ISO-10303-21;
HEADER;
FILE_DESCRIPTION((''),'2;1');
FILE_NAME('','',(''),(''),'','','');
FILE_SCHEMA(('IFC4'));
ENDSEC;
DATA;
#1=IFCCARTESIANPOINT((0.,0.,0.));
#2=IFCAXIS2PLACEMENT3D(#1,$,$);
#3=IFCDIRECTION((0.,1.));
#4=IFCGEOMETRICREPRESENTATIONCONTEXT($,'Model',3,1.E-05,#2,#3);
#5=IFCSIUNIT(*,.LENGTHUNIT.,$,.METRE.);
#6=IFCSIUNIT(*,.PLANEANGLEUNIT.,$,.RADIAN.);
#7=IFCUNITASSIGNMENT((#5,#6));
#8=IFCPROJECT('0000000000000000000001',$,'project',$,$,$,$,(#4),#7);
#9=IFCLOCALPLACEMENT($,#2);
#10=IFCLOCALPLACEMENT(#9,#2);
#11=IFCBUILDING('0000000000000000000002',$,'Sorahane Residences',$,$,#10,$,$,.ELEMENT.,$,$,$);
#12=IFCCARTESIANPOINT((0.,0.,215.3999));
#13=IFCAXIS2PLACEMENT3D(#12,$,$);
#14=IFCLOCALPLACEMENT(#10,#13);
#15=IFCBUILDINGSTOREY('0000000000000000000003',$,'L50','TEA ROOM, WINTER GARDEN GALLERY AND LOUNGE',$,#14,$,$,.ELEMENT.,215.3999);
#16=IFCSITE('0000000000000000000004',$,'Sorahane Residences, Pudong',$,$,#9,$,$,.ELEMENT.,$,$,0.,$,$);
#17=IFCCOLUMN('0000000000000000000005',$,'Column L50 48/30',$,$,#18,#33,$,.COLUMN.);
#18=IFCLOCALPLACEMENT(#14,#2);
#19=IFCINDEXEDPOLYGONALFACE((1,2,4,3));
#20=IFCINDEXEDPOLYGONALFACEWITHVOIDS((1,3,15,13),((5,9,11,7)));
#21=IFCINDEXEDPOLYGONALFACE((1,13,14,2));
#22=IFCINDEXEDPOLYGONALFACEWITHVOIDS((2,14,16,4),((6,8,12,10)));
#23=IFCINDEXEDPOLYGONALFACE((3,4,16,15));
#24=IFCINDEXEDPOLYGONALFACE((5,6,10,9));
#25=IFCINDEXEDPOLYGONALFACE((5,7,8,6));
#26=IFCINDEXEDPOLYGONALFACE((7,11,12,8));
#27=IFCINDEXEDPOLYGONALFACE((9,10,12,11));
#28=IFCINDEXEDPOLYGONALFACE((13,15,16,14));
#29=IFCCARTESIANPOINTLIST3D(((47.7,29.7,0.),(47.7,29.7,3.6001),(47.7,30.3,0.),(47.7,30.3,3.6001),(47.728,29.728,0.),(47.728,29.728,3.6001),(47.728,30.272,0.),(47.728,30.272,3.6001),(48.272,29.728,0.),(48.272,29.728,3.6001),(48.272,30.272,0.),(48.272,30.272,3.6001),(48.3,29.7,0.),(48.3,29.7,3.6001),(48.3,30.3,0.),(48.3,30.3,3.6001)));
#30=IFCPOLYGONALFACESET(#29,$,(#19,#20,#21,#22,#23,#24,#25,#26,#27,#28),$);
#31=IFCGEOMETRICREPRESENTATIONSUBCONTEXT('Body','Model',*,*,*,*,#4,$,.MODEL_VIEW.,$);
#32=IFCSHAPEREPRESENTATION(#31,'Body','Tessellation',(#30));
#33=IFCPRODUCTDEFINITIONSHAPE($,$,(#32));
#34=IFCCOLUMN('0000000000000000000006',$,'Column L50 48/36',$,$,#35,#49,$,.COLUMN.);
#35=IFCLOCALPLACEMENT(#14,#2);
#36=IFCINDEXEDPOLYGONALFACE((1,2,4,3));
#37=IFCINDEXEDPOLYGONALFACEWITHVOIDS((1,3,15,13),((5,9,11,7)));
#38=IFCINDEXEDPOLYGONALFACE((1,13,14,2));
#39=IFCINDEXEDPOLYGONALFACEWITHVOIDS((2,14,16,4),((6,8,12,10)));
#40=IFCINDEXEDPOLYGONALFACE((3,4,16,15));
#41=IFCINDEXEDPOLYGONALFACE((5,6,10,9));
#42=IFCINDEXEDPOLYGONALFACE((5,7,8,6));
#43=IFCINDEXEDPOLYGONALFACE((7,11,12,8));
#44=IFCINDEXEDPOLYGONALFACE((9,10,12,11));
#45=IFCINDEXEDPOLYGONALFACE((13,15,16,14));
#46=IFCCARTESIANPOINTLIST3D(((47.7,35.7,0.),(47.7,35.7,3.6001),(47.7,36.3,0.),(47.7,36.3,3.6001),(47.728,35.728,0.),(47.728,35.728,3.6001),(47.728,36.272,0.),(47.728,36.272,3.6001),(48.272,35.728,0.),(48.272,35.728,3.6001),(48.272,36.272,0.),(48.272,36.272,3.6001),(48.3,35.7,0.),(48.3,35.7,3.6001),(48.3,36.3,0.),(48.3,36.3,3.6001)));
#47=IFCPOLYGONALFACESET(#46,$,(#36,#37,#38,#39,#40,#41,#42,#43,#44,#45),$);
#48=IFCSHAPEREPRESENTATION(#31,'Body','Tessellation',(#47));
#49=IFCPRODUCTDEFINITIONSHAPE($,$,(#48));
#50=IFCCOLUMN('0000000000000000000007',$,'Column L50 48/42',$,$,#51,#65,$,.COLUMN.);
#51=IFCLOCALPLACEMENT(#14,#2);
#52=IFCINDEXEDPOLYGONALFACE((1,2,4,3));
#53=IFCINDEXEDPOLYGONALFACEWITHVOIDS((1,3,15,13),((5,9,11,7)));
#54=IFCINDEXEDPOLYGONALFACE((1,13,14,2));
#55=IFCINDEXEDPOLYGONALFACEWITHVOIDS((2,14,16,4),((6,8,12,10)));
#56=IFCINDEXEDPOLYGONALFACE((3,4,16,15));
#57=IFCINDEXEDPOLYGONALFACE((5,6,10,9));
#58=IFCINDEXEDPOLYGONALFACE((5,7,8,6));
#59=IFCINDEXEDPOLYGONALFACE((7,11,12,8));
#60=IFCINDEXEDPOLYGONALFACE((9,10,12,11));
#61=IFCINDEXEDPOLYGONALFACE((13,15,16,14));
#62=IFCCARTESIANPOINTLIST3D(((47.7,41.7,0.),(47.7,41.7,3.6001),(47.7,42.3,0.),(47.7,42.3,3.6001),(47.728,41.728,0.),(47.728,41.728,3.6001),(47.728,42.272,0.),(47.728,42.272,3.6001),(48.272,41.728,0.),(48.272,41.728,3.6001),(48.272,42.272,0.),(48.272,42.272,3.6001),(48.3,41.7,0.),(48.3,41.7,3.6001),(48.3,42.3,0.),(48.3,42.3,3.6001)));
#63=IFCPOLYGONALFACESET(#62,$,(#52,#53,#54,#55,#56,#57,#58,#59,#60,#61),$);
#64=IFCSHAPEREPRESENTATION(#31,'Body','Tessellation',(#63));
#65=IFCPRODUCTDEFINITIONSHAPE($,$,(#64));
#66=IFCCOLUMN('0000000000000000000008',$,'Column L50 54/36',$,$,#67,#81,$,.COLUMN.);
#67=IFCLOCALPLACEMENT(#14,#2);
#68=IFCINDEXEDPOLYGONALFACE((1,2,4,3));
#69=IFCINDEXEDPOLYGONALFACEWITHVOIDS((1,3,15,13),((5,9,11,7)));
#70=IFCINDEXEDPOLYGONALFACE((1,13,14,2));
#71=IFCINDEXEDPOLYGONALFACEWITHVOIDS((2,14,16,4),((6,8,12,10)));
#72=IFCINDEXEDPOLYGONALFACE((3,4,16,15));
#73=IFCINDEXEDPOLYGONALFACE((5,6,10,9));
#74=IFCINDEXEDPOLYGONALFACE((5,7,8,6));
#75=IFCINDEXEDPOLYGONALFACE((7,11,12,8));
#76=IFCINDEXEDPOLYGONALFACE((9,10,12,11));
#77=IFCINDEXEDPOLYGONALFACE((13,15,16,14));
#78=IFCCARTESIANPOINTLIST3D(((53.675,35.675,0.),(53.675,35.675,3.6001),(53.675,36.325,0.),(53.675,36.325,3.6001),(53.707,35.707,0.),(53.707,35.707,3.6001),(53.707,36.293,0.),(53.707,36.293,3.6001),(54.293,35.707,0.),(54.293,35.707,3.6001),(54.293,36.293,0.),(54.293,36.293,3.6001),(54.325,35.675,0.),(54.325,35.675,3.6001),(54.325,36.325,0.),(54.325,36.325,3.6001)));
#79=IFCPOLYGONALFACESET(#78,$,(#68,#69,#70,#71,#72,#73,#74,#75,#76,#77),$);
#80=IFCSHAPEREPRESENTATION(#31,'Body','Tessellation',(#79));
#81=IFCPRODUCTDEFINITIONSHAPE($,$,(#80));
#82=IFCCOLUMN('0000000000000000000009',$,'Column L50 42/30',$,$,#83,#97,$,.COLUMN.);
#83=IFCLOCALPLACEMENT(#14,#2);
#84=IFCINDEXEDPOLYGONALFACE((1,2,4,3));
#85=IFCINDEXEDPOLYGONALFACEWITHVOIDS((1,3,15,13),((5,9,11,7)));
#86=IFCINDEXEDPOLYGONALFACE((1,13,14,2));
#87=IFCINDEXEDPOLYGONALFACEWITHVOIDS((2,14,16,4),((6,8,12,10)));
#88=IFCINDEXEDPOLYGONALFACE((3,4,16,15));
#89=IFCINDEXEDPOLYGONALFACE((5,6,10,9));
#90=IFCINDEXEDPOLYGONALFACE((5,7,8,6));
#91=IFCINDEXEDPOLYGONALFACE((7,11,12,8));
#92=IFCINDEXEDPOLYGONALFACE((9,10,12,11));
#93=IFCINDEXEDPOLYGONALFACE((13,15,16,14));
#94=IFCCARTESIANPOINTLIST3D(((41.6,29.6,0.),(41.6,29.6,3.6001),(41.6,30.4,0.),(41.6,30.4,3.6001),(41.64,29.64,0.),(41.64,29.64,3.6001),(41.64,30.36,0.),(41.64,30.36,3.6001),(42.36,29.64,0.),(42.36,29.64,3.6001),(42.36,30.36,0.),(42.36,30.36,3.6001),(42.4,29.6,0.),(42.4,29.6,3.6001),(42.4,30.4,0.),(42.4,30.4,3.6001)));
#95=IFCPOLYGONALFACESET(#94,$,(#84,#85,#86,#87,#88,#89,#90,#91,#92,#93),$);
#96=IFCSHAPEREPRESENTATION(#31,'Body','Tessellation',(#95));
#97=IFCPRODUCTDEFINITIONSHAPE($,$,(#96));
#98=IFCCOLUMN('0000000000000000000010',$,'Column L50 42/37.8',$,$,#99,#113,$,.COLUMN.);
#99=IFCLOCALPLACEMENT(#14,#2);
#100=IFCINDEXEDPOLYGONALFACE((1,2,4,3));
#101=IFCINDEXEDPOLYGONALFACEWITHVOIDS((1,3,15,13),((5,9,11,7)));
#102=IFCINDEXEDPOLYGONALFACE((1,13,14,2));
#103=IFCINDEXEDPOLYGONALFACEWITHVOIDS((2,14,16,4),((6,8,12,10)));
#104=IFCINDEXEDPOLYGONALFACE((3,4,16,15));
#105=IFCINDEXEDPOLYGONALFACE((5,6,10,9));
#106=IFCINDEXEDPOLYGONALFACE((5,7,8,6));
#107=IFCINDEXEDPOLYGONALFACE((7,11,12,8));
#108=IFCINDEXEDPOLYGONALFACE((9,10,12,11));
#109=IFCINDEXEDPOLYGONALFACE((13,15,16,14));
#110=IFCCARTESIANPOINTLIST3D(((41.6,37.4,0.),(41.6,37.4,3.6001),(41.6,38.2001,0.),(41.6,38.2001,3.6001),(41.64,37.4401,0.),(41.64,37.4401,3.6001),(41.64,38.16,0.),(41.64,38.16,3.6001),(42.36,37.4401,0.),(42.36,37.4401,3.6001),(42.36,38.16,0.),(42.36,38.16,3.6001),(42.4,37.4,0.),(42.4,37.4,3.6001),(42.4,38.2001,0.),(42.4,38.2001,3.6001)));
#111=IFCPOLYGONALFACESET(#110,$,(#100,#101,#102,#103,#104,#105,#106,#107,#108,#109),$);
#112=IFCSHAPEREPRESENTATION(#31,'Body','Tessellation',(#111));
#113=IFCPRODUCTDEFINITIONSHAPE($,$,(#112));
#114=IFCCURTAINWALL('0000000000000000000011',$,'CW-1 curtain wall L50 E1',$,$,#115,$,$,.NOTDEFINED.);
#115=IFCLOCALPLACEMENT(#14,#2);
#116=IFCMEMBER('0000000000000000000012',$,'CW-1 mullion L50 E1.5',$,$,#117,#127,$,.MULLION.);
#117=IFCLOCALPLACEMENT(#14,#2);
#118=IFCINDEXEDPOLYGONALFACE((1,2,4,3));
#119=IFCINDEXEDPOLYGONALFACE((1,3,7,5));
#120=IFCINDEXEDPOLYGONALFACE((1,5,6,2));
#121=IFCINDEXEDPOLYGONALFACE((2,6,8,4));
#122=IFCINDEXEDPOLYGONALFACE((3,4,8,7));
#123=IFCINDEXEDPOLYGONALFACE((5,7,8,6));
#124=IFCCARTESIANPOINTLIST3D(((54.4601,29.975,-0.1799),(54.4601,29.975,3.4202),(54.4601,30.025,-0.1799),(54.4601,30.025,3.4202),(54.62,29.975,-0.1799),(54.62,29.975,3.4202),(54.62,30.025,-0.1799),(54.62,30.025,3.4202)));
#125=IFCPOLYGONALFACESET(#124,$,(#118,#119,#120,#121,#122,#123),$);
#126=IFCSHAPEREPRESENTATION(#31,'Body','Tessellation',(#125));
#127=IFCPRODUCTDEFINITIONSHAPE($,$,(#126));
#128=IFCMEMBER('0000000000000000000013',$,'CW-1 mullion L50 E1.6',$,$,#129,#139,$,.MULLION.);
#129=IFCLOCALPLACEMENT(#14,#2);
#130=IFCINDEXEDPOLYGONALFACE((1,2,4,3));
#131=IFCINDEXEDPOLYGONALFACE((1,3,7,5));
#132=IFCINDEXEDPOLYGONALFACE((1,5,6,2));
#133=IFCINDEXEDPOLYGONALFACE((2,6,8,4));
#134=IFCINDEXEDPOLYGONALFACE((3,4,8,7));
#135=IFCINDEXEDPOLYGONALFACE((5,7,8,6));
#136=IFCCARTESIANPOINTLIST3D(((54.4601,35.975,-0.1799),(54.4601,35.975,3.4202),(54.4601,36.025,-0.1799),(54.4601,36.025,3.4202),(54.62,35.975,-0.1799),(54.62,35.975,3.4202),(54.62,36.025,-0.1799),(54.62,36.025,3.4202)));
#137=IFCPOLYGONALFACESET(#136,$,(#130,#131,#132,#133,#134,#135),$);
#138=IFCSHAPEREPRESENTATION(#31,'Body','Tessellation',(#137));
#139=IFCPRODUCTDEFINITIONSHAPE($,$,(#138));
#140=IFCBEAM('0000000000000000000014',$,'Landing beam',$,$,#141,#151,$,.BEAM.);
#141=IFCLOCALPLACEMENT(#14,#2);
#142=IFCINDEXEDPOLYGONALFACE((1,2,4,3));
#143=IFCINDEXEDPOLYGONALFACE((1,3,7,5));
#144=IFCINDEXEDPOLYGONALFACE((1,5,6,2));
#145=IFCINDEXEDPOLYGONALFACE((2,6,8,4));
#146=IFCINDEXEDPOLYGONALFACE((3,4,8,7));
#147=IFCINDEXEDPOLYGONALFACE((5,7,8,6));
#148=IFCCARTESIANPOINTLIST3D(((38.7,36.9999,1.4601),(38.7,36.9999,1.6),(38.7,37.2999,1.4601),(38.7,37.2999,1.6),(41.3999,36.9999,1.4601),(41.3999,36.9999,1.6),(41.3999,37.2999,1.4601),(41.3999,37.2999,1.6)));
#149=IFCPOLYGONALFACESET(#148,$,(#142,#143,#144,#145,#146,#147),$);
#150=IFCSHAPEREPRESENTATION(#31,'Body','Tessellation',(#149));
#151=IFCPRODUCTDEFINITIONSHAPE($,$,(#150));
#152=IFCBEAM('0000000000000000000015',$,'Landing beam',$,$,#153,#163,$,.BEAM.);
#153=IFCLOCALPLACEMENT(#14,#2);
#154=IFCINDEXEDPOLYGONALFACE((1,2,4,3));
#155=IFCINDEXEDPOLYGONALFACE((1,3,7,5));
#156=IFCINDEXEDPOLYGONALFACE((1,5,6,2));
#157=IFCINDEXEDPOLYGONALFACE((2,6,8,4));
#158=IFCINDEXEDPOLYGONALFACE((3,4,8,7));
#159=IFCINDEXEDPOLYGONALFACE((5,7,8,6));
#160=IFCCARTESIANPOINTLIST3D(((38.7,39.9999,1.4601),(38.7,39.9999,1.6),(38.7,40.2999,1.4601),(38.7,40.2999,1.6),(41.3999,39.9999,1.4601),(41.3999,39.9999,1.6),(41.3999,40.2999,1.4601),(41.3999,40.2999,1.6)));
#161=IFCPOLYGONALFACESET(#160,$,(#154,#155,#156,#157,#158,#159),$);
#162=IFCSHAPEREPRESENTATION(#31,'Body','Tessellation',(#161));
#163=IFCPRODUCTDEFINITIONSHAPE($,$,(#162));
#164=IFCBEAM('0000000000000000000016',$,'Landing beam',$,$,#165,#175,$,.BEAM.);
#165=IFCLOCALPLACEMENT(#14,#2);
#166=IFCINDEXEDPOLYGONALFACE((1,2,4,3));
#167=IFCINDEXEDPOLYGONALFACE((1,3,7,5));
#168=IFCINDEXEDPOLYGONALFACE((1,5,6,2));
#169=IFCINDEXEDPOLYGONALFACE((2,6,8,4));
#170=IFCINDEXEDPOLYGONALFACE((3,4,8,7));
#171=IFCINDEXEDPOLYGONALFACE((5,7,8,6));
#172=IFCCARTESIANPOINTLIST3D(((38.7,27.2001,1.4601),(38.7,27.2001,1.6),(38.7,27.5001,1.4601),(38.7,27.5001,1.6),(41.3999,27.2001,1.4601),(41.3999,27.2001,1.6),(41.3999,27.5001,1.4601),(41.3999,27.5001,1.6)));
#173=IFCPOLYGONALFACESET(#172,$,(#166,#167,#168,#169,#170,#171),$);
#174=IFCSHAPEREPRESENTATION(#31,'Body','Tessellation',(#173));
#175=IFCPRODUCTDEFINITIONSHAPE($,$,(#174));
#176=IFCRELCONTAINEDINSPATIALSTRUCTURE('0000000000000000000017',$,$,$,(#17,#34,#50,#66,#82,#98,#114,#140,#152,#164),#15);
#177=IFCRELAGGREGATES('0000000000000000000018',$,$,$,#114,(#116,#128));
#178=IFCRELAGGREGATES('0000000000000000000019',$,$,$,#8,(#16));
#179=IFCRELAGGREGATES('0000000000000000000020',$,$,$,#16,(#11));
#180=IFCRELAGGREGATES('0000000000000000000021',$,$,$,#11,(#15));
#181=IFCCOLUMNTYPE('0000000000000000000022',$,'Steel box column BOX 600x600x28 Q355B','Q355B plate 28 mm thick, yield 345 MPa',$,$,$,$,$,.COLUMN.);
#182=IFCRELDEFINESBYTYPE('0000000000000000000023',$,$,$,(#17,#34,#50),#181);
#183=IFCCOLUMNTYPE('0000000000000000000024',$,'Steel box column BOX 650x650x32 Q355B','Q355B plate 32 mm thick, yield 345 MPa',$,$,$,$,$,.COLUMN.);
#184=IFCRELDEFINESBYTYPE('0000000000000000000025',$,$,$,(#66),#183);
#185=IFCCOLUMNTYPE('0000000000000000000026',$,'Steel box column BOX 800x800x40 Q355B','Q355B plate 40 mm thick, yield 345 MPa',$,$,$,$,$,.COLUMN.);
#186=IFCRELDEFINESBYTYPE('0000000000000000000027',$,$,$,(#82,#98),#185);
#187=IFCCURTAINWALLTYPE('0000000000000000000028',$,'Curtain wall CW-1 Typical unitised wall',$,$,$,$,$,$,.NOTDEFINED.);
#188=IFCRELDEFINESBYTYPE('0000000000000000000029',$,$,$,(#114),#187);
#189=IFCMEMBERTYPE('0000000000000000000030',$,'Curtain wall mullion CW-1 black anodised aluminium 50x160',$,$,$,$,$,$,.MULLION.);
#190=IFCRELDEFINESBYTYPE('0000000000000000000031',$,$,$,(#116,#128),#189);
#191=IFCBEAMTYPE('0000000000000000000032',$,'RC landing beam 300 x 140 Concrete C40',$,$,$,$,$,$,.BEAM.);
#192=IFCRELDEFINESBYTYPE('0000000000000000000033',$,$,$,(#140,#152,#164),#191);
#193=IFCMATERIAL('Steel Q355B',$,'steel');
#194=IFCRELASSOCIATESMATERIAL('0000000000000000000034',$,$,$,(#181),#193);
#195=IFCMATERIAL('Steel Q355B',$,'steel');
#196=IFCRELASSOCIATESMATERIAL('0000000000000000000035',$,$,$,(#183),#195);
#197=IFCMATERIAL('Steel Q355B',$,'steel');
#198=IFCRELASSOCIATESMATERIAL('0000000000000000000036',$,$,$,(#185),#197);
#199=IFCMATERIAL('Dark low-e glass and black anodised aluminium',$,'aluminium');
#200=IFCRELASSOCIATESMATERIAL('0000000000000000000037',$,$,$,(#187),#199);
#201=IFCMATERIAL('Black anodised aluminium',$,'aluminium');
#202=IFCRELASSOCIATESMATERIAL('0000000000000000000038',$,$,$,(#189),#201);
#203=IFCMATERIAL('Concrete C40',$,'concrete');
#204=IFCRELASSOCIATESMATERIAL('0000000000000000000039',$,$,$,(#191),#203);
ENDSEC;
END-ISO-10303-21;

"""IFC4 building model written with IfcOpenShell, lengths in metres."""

from ifc_helpers import new_model, si_unit, direction, frame, origin, origin_2d, place, context, subcontext, project, spatial, rectangle, hollow_rectangle, extrude, material, material_profile, profile_set, type_object, element, aggregate, save


model = new_model("IFC4")

# Units and contexts
model_context = context("Model", 3, precision=1e-05, world=origin(), true_north=direction((0.0, 1.0)))
body_context = subcontext(model_context, "Body", "Model", "MODEL_VIEW")
ifc_project = project(units=[si_unit("LENGTHUNIT", "METRE"), si_unit("PLANEANGLEUNIT", "RADIAN")], contexts=[model_context])

# Site, building, storey
site_placement = place(None, origin())
site = spatial("IfcSite", under=ifc_project, at=site_placement, Name="Sorahane Residences, Pudong", CompositionType="ELEMENT", RefElevation=0.0)
building_placement = place(site_placement, origin())
building = spatial("IfcBuilding", under=site, at=building_placement, Name="Sorahane Residences", CompositionType="ELEMENT")
storey_placement = place(building_placement, frame((0.0, 0.0, 215.3999)))
storey = spatial("IfcBuildingStorey", under=building, at=storey_placement, Name="L50", Description="TEA ROOM, WINTER GARDEN GALLERY AND LOUNGE", CompositionType="ELEMENT", Elevation=215.3999)

# Columns
ifc_material_1 = material(Name="Steel Q355B", Category="steel")
ifc_material_profile_1 = material_profile(ifc_material_1, hollow_rectangle(XDim=0.6001, YDim=0.6001, WallThickness=0.0281, at=origin_2d()), Name="BOX 600x600x28")
ifc_profile_set_1 = profile_set([ifc_material_profile_1], Name="Steel Q355B")
column_type_1 = type_object("IfcColumnType", Name="Steel box column BOX 600x600x28 Q355B", Description="Q355B plate 28 mm thick, yield 345 MPa", PredefinedType="COLUMN", material=ifc_profile_set_1)
for number, where, z_axis, x_axis, name in (
    (1, (48.0, 30.0, 0.0), (0.0, 0.0, 1.0), (1.0, 0.0, 0.0), "Column L50 48/30"),
    (2, (48.0, 36.0, 0.0), (0.0, 0.0, 1.0), (1.0, 0.0, 0.0), "Column L50 48/36"),
    (3, (48.0, 42.0, 0.0), (0.0, 0.0, 1.0), (1.0, 0.0, 0.0), "Column L50 48/42"),
):
    element("IfcColumn", number, at=place(storey_placement, frame(where, z_axis=z_axis, x_axis=x_axis)), inside=storey, type_object=column_type_1, Name=name, PredefinedType="COLUMN", context=body_context, shape_type="SweptSolid", body=[
        extrude(hollow_rectangle(XDim=0.6001, YDim=0.6001, WallThickness=0.0281, at=origin_2d()), origin(), (0.0, 0.0, 1.0), 3.6001),
    ])
ifc_material_2 = material(Name="Steel Q355B", Category="steel")
ifc_material_profile_2 = material_profile(ifc_material_2, hollow_rectangle(XDim=0.6499, YDim=0.6499, WallThickness=0.032, at=origin_2d()), Name="BOX 650x650x32")
ifc_profile_set_2 = profile_set([ifc_material_profile_2], Name="Steel Q355B")
column_type_2 = type_object("IfcColumnType", Name="Steel box column BOX 650x650x32 Q355B", Description="Q355B plate 32 mm thick, yield 345 MPa", PredefinedType="COLUMN", material=ifc_profile_set_2)
column_placement = place(storey_placement, frame((54.0, 36.0, 0.0), z_axis=(0.0, 0.0, 1.0), x_axis=(1.0, 0.0, 0.0)))
element("IfcColumn", 4, at=column_placement, inside=storey, type_object=column_type_2, Name="Column L50 54/36", PredefinedType="COLUMN", context=body_context, shape_type="SweptSolid", body=[
    extrude(hollow_rectangle(XDim=0.6499, YDim=0.6499, WallThickness=0.032, at=origin_2d()), origin(), (0.0, 0.0, 1.0), 3.6001),
])
ifc_material_3 = material(Name="Steel Q355B", Category="steel")
ifc_material_profile_3 = material_profile(ifc_material_3, hollow_rectangle(XDim=0.8, YDim=0.8, WallThickness=0.04, at=origin_2d()), Name="BOX 800x800x40")
ifc_profile_set_3 = profile_set([ifc_material_profile_3], Name="Steel Q355B")
column_type_3 = type_object("IfcColumnType", Name="Steel box column BOX 800x800x40 Q355B", Description="Q355B plate 40 mm thick, yield 345 MPa", PredefinedType="COLUMN", material=ifc_profile_set_3)
for number, where, z_axis, x_axis, name in (
    (5, (42.0, 30.0, 0.0), (0.0, 0.0, 1.0), (1.0, 0.0, 0.0), "Column L50 42/30"),
    (6, (42.0, 37.8, 0.0), (0.0, 0.0, 1.0), (1.0, 0.0, 0.0), "Column L50 42/37.8"),
):
    element("IfcColumn", number, at=place(storey_placement, frame(where, z_axis=z_axis, x_axis=x_axis)), inside=storey, type_object=column_type_3, Name=name, PredefinedType="COLUMN", context=body_context, shape_type="SweptSolid", body=[
        extrude(hollow_rectangle(XDim=0.8, YDim=0.8, WallThickness=0.04, at=origin_2d()), origin(), (0.0, 0.0, 1.0), 3.6001),
    ])

# Curtain wall, members
ifc_material_4 = material(Name="Dark low-e glass and black anodised aluminium", Category="aluminium")
curtain_wall_type = type_object("IfcCurtainWallType", Name="Curtain wall CW-1 Typical unitised wall", PredefinedType="NOTDEFINED", material=ifc_material_4)
curtain_wall_placement = place(storey_placement, origin())
curtain_wall = element("IfcCurtainWall", 7, at=curtain_wall_placement, inside=storey, type_object=curtain_wall_type, Name="CW-1 curtain wall L50 E1", PredefinedType="NOTDEFINED")
ifc_material_5 = material(Name="Black anodised aluminium", Category="aluminium")
ifc_material_profile_4 = material_profile(ifc_material_5, rectangle(XDim=0.1599, YDim=0.05, at=origin_2d()), Name="Curtain wall mullion CW-1 black anodised aluminium 50x160")
ifc_profile_set_4 = profile_set([ifc_material_profile_4], Name="Black anodised aluminium")
member_type = type_object("IfcMemberType", Name="Curtain wall mullion CW-1 black anodised aluminium 50x160", PredefinedType="MULLION", material=ifc_profile_set_4)
member_1_placement = place(storey_placement, frame((54.54, 30.0, -0.1799), z_axis=(0.0, 0.0, 1.0), x_axis=(1.0, 0.0, 0.0)))
member_1 = element("IfcMember", 8, at=member_1_placement, type_object=member_type, Name="CW-1 mullion L50 E1.5", PredefinedType="MULLION", context=body_context, shape_type="SweptSolid", body=[
    extrude(rectangle(XDim=0.1599, YDim=0.05, at=origin_2d()), origin(), (0.0, 0.0, 1.0), 3.6001),
])
member_2_placement = place(storey_placement, frame((54.54, 36.0, -0.1799), z_axis=(0.0, 0.0, 1.0), x_axis=(1.0, 0.0, 0.0)))
member_2 = element("IfcMember", 9, at=member_2_placement, type_object=member_type, Name="CW-1 mullion L50 E1.6", PredefinedType="MULLION", context=body_context, shape_type="SweptSolid", body=[
    extrude(rectangle(XDim=0.1599, YDim=0.05, at=origin_2d()), origin(), (0.0, 0.0, 1.0), 3.6001),
])

# Beams
ifc_material_6 = material(Name="Concrete C40", Category="concrete")
ifc_material_profile_5 = material_profile(ifc_material_6, rectangle(XDim=0.3, YDim=0.1399, at=origin_2d()), Name="300x140")
ifc_profile_set_5 = profile_set([ifc_material_profile_5], Name="Concrete C40")
beam_type_1 = type_object("IfcBeamType", Name="RC landing beam 300 x 140 Concrete C40", PredefinedType="BEAM", material=ifc_profile_set_5)
for number, where, z_axis, x_axis, name in (
    (10, (38.7, 37.1499, 1.53), (1.0, 0.0, 0.0), (0.0, 1.0, 0.0), "Landing beam"),
    (11, (38.7, 40.1499, 1.53), (1.0, 0.0, 0.0), (0.0, 1.0, 0.0), "Landing beam"),
    (12, (38.7, 27.3501, 1.53), (1.0, 0.0, 0.0), (0.0, 1.0, 0.0), "Landing beam"),
):
    element("IfcBeam", number, at=place(storey_placement, frame(where, z_axis=z_axis, x_axis=x_axis)), inside=storey, type_object=beam_type_1, Name=name, PredefinedType="BEAM", context=body_context, shape_type="SweptSolid", body=[
        extrude(rectangle(XDim=0.3, YDim=0.1399, at=origin_2d()), origin(), (0.0, 0.0, 1.0), 2.7),
    ])

aggregate(curtain_wall, [member_1, member_2])

save(model, "model.ifc")
